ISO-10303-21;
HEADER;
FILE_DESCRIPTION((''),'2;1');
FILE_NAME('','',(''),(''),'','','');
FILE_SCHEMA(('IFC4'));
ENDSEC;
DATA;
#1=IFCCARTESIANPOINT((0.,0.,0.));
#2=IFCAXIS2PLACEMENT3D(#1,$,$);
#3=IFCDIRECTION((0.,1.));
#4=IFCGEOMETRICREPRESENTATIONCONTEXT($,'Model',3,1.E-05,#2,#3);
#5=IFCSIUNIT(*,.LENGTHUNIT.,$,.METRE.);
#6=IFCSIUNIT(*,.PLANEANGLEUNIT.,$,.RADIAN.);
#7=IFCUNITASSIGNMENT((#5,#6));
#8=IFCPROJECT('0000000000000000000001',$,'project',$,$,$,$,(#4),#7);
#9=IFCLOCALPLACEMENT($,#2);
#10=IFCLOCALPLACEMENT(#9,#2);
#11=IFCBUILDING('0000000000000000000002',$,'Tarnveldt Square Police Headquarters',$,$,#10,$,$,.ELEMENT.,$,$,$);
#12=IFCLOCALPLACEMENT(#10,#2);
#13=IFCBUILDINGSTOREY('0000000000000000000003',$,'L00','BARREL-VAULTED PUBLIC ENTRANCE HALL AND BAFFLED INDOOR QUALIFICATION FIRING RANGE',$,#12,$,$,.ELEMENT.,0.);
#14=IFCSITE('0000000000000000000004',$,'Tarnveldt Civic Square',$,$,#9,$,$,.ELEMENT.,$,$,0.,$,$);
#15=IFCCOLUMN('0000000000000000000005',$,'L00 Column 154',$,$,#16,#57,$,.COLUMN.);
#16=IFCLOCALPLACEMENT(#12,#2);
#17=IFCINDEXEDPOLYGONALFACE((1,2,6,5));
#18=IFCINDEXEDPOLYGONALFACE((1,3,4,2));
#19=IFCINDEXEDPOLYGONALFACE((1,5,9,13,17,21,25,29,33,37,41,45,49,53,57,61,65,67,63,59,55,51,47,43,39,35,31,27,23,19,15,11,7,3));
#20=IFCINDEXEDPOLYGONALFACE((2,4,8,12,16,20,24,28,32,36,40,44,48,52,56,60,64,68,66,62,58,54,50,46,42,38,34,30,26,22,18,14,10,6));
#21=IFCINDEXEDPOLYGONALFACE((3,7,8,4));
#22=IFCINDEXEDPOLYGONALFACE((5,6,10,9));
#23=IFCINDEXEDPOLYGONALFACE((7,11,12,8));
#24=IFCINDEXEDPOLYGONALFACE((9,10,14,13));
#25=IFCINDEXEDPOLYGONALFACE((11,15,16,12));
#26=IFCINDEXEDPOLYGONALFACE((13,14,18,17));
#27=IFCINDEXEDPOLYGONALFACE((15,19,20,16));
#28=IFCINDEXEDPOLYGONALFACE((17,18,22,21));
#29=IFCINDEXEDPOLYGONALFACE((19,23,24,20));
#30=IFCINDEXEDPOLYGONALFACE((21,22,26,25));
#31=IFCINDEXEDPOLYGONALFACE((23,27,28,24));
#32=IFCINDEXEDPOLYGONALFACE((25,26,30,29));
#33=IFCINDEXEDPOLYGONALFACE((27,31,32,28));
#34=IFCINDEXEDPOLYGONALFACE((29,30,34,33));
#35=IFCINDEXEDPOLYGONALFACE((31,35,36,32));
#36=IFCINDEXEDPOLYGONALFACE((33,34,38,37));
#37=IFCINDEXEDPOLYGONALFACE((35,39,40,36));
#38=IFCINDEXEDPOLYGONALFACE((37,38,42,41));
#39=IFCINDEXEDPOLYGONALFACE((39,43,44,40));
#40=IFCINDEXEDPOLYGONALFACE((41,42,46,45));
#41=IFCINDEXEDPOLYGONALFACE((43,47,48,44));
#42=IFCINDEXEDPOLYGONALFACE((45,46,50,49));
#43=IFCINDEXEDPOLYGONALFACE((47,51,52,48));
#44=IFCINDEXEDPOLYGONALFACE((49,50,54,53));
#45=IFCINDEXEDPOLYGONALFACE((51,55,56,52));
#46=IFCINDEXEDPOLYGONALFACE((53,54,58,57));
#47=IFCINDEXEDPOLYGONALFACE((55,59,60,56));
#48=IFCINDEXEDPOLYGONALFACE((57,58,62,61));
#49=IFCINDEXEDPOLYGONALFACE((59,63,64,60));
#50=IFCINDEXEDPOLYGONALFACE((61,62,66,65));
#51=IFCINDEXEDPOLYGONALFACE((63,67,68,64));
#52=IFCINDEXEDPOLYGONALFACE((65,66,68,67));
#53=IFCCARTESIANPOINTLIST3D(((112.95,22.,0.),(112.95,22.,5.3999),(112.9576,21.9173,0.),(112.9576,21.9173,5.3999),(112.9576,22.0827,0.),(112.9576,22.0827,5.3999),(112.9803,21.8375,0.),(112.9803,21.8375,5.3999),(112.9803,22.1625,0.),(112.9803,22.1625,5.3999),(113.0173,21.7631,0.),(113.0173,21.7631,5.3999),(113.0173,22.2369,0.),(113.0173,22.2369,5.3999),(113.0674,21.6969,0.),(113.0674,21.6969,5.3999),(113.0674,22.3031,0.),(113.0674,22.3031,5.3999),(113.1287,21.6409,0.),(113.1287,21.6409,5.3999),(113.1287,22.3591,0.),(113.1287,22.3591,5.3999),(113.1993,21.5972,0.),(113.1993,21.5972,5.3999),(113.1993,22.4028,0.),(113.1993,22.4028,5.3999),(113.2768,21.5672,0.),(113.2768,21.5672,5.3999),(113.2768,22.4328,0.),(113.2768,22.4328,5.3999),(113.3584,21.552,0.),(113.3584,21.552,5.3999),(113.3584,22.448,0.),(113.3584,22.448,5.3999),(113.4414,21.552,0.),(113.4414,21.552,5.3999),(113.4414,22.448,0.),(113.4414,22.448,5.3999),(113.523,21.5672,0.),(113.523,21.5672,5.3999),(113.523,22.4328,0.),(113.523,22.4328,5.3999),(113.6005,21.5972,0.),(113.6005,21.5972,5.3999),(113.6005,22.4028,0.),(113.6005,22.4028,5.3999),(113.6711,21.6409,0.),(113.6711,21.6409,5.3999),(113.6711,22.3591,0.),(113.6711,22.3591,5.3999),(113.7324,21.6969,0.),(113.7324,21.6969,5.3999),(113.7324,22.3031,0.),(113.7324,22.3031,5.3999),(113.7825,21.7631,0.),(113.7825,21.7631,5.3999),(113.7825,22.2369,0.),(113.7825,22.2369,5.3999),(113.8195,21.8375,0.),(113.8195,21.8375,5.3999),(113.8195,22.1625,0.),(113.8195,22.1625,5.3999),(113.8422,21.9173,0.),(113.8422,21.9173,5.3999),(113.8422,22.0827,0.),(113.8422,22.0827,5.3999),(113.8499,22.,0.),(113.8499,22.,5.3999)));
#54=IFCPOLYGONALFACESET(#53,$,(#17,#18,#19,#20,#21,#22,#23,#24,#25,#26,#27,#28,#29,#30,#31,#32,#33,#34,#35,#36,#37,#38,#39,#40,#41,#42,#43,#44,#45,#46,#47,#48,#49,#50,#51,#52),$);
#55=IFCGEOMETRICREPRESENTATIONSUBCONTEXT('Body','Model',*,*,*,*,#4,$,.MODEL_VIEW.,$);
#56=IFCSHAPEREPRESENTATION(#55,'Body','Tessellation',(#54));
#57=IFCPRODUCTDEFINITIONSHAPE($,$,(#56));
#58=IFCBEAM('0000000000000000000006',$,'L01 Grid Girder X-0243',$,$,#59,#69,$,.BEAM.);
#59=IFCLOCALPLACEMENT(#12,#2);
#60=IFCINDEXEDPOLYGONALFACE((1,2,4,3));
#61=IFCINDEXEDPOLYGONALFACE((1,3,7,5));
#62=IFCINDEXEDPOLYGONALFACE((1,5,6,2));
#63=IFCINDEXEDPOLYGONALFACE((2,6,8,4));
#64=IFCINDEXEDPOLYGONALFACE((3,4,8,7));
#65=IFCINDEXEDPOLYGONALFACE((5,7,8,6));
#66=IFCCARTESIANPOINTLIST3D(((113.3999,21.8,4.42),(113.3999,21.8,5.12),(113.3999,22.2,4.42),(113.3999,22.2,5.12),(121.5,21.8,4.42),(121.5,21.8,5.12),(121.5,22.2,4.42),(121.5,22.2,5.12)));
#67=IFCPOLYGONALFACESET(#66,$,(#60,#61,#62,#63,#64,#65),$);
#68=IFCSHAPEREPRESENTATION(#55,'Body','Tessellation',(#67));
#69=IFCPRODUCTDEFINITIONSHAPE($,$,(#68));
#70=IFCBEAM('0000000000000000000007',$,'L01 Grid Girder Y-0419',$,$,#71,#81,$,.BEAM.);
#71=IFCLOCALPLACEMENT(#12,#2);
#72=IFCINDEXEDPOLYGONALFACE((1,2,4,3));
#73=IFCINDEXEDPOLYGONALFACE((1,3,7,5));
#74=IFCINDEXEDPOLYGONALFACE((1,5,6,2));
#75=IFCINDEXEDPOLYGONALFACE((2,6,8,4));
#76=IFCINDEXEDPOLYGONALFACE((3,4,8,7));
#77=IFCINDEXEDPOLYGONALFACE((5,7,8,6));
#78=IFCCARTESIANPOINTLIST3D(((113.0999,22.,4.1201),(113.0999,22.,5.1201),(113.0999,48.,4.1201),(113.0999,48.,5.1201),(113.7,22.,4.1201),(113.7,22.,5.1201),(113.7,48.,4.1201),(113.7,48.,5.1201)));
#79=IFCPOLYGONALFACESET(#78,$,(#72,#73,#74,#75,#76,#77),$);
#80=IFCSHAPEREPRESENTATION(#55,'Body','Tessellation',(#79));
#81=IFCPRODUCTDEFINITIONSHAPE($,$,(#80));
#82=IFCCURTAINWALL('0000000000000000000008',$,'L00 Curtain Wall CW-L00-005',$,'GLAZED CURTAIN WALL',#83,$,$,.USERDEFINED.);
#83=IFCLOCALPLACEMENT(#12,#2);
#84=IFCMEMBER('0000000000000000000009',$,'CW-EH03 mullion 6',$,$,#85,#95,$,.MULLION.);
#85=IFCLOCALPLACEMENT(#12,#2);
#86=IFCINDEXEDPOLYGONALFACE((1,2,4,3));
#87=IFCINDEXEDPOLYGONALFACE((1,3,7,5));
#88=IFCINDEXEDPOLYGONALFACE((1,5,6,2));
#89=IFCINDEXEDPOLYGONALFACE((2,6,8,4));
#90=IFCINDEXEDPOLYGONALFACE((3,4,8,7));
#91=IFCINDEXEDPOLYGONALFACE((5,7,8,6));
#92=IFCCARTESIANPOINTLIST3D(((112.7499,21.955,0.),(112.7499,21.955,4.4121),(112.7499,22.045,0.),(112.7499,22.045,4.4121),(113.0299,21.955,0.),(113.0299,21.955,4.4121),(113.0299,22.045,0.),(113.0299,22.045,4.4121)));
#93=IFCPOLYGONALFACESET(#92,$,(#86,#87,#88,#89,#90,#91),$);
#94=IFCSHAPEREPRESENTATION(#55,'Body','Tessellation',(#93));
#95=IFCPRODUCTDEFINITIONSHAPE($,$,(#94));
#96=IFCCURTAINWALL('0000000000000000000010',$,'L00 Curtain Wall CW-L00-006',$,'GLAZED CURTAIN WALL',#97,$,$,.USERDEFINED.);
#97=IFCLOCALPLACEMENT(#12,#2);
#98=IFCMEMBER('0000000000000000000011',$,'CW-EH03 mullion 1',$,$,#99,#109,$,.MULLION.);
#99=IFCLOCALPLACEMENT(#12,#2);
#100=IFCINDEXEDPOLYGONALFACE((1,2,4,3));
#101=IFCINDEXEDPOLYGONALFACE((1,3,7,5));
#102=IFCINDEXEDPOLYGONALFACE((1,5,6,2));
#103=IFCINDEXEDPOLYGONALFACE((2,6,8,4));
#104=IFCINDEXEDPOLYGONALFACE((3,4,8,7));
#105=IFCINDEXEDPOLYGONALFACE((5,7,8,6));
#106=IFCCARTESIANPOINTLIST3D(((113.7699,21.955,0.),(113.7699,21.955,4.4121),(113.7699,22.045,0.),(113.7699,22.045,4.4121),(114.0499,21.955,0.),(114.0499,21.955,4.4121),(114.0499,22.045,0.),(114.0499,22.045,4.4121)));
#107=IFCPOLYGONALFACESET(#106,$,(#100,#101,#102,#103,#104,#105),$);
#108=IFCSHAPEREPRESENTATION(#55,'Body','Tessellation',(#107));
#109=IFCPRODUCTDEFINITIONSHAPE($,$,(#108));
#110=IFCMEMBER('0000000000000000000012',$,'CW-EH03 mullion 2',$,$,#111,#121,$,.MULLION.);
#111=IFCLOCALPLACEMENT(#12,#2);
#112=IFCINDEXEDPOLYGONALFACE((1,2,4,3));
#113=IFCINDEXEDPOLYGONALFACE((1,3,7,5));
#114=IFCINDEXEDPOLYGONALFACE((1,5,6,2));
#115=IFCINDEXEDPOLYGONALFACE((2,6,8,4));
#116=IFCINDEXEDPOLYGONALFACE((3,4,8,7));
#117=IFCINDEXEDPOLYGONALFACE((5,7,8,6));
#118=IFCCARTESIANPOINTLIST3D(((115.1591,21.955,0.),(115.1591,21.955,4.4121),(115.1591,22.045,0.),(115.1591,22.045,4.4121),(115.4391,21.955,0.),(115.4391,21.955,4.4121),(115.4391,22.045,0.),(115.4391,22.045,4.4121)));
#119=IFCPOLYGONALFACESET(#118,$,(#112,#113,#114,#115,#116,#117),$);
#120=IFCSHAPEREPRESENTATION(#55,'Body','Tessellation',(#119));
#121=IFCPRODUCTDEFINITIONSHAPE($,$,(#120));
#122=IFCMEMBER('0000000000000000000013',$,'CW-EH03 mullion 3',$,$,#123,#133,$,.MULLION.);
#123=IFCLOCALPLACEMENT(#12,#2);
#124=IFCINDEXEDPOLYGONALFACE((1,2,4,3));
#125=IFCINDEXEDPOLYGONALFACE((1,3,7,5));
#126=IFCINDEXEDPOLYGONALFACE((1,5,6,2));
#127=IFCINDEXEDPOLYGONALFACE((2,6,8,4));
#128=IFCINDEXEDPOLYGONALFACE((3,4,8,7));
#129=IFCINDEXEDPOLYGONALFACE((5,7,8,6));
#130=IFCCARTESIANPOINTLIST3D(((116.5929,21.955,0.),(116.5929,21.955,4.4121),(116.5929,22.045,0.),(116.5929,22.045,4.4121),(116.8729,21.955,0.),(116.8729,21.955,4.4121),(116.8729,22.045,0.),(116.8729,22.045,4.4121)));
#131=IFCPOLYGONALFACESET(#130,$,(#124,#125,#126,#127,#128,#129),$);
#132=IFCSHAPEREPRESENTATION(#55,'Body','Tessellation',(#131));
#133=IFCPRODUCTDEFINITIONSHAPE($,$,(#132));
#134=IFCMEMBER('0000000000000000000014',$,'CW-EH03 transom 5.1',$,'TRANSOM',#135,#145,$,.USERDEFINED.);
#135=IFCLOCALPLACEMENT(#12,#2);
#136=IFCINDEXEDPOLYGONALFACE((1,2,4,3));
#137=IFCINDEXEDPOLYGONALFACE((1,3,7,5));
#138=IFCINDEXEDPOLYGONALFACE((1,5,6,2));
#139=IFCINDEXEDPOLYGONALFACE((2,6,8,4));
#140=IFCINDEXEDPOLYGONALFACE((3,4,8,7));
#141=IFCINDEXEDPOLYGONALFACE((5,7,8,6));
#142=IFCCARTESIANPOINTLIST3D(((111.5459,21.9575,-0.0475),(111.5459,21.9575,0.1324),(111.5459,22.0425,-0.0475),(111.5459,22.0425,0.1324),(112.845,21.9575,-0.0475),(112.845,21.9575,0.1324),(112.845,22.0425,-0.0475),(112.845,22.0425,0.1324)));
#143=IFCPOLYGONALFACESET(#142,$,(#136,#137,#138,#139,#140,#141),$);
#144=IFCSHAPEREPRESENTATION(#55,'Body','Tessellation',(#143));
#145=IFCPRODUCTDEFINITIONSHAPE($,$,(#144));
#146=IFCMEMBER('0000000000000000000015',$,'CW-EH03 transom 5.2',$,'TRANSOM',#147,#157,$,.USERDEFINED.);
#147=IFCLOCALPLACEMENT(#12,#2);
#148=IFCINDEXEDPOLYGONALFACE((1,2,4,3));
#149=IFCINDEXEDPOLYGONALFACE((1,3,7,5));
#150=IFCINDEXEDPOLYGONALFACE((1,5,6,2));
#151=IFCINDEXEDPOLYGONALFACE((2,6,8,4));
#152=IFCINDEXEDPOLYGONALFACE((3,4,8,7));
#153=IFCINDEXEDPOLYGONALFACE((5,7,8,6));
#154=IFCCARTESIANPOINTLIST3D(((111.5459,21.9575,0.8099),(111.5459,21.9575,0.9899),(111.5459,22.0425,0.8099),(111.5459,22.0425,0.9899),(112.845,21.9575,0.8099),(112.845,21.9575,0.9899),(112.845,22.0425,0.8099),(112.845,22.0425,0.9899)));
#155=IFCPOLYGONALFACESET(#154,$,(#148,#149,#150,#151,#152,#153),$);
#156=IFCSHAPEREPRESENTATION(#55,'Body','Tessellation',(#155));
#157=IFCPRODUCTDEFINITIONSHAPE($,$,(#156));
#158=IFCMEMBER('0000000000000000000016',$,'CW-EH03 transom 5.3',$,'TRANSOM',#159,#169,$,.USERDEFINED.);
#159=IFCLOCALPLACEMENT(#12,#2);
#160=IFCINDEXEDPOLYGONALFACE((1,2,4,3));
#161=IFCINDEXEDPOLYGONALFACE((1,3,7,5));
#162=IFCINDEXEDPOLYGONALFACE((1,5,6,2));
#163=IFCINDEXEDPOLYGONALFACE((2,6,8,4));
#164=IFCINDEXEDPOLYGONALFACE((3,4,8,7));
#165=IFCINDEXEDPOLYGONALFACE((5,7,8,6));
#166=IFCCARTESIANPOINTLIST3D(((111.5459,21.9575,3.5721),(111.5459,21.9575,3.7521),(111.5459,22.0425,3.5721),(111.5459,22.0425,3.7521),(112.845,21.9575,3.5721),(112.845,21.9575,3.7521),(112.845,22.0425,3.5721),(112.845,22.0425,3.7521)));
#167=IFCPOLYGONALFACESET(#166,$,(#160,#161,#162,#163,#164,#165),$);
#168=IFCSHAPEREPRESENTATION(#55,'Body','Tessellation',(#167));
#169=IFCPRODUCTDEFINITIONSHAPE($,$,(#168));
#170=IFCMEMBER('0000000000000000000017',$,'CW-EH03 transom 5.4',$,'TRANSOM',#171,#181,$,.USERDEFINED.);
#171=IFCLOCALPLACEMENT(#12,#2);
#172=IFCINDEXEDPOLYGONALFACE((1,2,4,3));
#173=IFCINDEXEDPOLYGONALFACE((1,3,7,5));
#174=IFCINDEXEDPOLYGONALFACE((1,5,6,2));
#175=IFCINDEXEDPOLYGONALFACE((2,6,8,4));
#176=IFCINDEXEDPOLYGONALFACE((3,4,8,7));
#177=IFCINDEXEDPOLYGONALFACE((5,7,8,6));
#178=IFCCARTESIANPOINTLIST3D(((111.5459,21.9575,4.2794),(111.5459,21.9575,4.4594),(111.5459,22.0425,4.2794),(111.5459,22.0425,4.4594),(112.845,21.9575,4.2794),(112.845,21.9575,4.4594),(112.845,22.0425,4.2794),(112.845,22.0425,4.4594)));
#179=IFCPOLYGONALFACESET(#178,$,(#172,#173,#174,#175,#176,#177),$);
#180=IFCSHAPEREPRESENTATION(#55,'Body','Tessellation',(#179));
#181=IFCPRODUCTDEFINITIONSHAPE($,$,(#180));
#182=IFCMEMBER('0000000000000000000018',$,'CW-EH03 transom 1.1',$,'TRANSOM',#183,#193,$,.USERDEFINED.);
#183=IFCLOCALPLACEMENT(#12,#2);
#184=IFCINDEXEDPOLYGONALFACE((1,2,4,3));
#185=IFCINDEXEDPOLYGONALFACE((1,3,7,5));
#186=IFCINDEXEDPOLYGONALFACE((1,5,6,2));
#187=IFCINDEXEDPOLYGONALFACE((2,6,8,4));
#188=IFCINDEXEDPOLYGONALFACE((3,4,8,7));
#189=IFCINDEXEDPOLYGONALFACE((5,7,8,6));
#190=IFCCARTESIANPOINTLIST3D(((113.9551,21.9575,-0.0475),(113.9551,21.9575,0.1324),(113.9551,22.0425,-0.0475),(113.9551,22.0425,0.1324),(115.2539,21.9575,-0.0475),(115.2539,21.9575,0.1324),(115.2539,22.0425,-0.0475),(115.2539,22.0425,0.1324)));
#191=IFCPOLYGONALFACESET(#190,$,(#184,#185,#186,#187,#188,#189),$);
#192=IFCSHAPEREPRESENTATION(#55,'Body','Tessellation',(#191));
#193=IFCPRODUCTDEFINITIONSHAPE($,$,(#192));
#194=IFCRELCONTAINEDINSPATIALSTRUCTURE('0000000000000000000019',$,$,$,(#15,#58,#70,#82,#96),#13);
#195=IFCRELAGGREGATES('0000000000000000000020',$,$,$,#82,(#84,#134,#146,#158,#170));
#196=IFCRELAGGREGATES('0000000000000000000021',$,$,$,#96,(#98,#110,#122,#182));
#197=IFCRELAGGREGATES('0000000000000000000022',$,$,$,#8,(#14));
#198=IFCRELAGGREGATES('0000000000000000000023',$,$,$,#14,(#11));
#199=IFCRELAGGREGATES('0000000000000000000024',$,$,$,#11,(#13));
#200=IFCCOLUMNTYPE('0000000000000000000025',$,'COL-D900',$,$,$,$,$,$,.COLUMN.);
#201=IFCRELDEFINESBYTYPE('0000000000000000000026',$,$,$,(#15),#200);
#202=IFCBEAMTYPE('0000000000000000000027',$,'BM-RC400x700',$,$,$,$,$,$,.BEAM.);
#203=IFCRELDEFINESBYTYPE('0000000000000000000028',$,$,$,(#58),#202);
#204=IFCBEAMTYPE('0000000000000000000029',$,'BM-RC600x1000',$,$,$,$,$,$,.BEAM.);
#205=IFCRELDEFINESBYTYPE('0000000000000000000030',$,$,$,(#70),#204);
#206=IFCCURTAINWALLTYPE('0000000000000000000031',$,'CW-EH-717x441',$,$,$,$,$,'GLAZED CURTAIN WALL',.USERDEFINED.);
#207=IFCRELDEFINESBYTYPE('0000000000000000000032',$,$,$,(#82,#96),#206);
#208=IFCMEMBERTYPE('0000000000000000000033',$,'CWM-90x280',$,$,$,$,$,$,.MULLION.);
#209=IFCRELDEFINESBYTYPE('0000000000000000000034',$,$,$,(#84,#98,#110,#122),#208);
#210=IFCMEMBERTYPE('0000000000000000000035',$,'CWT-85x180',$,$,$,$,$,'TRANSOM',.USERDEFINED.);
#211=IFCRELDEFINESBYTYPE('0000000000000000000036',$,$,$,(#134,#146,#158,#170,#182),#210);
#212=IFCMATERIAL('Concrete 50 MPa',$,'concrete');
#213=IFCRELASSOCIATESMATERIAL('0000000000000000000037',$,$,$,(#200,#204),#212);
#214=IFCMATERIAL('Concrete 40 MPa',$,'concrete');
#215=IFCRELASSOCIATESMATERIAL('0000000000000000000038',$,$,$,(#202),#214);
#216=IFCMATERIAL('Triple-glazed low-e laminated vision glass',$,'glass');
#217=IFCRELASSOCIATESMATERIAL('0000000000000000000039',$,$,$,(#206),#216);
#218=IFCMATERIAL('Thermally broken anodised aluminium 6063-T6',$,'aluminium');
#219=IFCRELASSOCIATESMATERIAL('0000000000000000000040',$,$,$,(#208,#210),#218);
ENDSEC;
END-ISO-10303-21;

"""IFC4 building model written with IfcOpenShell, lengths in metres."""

from ifc_helpers import new_model, si_unit, direction, frame, origin, origin_2d, place, context, subcontext, project, spatial, rectangle, circle, extrude, material, material_profile, profile_set, type_object, element, aggregate, save


model = new_model("IFC4")

# Units and contexts
model_context = context("Model", 3, precision=1e-05, world=origin(), true_north=direction((0.0, 1.0)))
body_context = subcontext(model_context, "Body", "Model", "MODEL_VIEW")
ifc_project = project(units=[si_unit("LENGTHUNIT", "METRE"), si_unit("PLANEANGLEUNIT", "RADIAN")], contexts=[model_context])

# Site, building, storey
site_placement = place(None, origin())
site = spatial("IfcSite", under=ifc_project, at=site_placement, Name="Tarnveldt Civic Square", CompositionType="ELEMENT", RefElevation=0.0)
building_placement = place(site_placement, origin())
building = spatial("IfcBuilding", under=site, at=building_placement, Name="Tarnveldt Square Police Headquarters", CompositionType="ELEMENT")
storey_placement = place(building_placement, origin())
storey = spatial("IfcBuildingStorey", under=building, at=storey_placement, Name="L00", Description="BARREL-VAULTED PUBLIC ENTRANCE HALL AND BAFFLED INDOOR QUALIFICATION FIRING RANGE", CompositionType="ELEMENT", Elevation=0.0)

# Column
ifc_material_1 = material(Name="Concrete 50 MPa", Category="concrete")
ifc_material_profile_1 = material_profile(ifc_material_1, circle(Radius=0.45, at=origin_2d()), Name="RC-D900")
ifc_profile_set_1 = profile_set([ifc_material_profile_1], Name="Concrete 50 MPa")
column_type = type_object("IfcColumnType", Name="COL-D900", PredefinedType="COLUMN", material=ifc_profile_set_1)
column_placement = place(storey_placement, frame((113.3999, 22.0, 0.0), z_axis=(0.0, 0.0, 1.0), x_axis=(1.0, 0.0, 0.0)))
element("IfcColumn", 1, at=column_placement, inside=storey, type_object=column_type, Name="L00 Column 154", PredefinedType="COLUMN", context=body_context, shape_type="SweptSolid", body=[
    extrude(circle(Radius=0.45, at=origin_2d()), origin(), (0.0, 0.0, 1.0), 5.3999),
])

# Beams
ifc_material_2 = material(Name="Concrete 40 MPa", Category="concrete")
ifc_material_profile_2 = material_profile(ifc_material_2, rectangle(XDim=0.3999, YDim=0.7, at=origin_2d()), Name="RC-B400x700")
ifc_profile_set_2 = profile_set([ifc_material_profile_2], Name="Concrete 40 MPa")
beam_type_1 = type_object("IfcBeamType", Name="BM-RC400x700", PredefinedType="BEAM", material=ifc_profile_set_2)
beam_1_placement = place(storey_placement, frame((113.3999, 22.0, 4.77), z_axis=(1.0, 0.0, 0.0), x_axis=(0.0, 1.0, 0.0)))
element("IfcBeam", 2, at=beam_1_placement, inside=storey, type_object=beam_type_1, Name="L01 Grid Girder X-0243", PredefinedType="BEAM", context=body_context, shape_type="SweptSolid", body=[
    extrude(rectangle(XDim=0.3999, YDim=0.7, at=origin_2d()), origin(), (0.0, 0.0, 1.0), 8.1001),
])
ifc_material_profile_3 = material_profile(ifc_material_1, rectangle(XDim=0.6001, YDim=1.0, at=origin_2d()), Name="RC-B600x1000")
ifc_profile_set_3 = profile_set([ifc_material_profile_3], Name="Concrete 50 MPa")
beam_type_2 = type_object("IfcBeamType", Name="BM-RC600x1000", PredefinedType="BEAM", material=ifc_profile_set_3)
beam_2_placement = place(storey_placement, frame((113.3999, 22.0, 4.6201), z_axis=(0.0, 1.0, 0.0), x_axis=(-1.0, 0.0, 0.0)))
element("IfcBeam", 3, at=beam_2_placement, inside=storey, type_object=beam_type_2, Name="L01 Grid Girder Y-0419", PredefinedType="BEAM", context=body_context, shape_type="SweptSolid", body=[
    extrude(rectangle(XDim=0.6001, YDim=1.0, at=origin_2d()), origin(), (0.0, 0.0, 1.0), 26.0),
])

# Curtain wall, member
ifc_material_3 = material(Name="Triple-glazed low-e laminated vision glass", Category="glass")
curtain_wall_type = type_object("IfcCurtainWallType", Name="CW-EH-717x441", ElementType="GLAZED CURTAIN WALL", PredefinedType="USERDEFINED", material=ifc_material_3)
curtain_wall_1_placement = place(storey_placement, origin())
curtain_wall_1 = element("IfcCurtainWall", 4, at=curtain_wall_1_placement, inside=storey, type_object=curtain_wall_type, Name="L00 Curtain Wall CW-L00-005", ObjectType="GLAZED CURTAIN WALL", PredefinedType="USERDEFINED")
ifc_material_4 = material(Name="Thermally broken anodised aluminium 6063-T6", Category="aluminium")
ifc_material_profile_4 = material_profile(ifc_material_4, rectangle(XDim=0.0901, YDim=0.28, at=origin_2d()), Name="CW-M90x280")
ifc_profile_set_4 = profile_set([ifc_material_profile_4], Name="Thermally broken anodised aluminium 6063-T6")
member_type_1 = type_object("IfcMemberType", Name="CWM-90x280", PredefinedType="MULLION", material=ifc_profile_set_4)
member_1_placement = place(storey_placement, frame((112.8899, 22.0, 0.0), z_axis=(0.0, 0.0, 1.0), x_axis=(0.0, 1.0, 0.0)))
member_1 = element("IfcMember", 5, at=member_1_placement, type_object=member_type_1, Name="CW-EH03 mullion 6", PredefinedType="MULLION", context=body_context, shape_type="SweptSolid", body=[
    extrude(rectangle(XDim=0.0901, YDim=0.28, at=origin_2d()), origin(), (0.0, 0.0, 1.0), 4.4121),
])

# Curtain wall, members
curtain_wall_2_placement = place(storey_placement, origin())
curtain_wall_2 = element("IfcCurtainWall", 6, at=curtain_wall_2_placement, inside=storey, type_object=curtain_wall_type, Name="L00 Curtain Wall CW-L00-006", ObjectType="GLAZED CURTAIN WALL", PredefinedType="USERDEFINED")
member_2_placement = place(storey_placement, frame((113.9099, 22.0, 0.0), z_axis=(0.0, 0.0, 1.0), x_axis=(0.0, 1.0, 0.0)))
member_2 = element("IfcMember", 7, at=member_2_placement, type_object=member_type_1, Name="CW-EH03 mullion 1", PredefinedType="MULLION", context=body_context, shape_type="SweptSolid", body=[
    extrude(rectangle(XDim=0.0901, YDim=0.28, at=origin_2d()), origin(), (0.0, 0.0, 1.0), 4.4121),
])
member_3_placement = place(storey_placement, frame((115.2991, 22.0, 0.0), z_axis=(0.0, 0.0, 1.0), x_axis=(0.0, 1.0, 0.0)))
member_3 = element("IfcMember", 8, at=member_3_placement, type_object=member_type_1, Name="CW-EH03 mullion 2", PredefinedType="MULLION", context=body_context, shape_type="SweptSolid", body=[
    extrude(rectangle(XDim=0.0901, YDim=0.28, at=origin_2d()), origin(), (0.0, 0.0, 1.0), 4.4121),
])
member_4_placement = place(storey_placement, frame((116.7329, 22.0, 0.0), z_axis=(0.0, 0.0, 1.0), x_axis=(0.0, 1.0, 0.0)))
member_4 = element("IfcMember", 9, at=member_4_placement, type_object=member_type_1, Name="CW-EH03 mullion 3", PredefinedType="MULLION", context=body_context, shape_type="SweptSolid", body=[
    extrude(rectangle(XDim=0.0901, YDim=0.28, at=origin_2d()), origin(), (0.0, 0.0, 1.0), 4.4121),
])

# Members
ifc_material_profile_5 = material_profile(ifc_material_4, rectangle(XDim=0.085, YDim=0.1799, at=origin_2d()), Name="CW-T85x180")
ifc_profile_set_5 = profile_set([ifc_material_profile_5], Name="Thermally broken anodised aluminium 6063-T6")
member_type_2 = type_object("IfcMemberType", Name="CWT-85x180", ElementType="TRANSOM", PredefinedType="USERDEFINED", material=ifc_profile_set_5)
member_5_placement = place(storey_placement, frame((111.5459, 22.0, 0.0425), z_axis=(1.0, 0.0, 0.0), x_axis=(0.0, 1.0, 0.0)))
member_5 = element("IfcMember", 10, at=member_5_placement, type_object=member_type_2, Name="CW-EH03 transom 5.1", ObjectType="TRANSOM", PredefinedType="USERDEFINED", context=body_context, shape_type="SweptSolid", body=[
    extrude(rectangle(XDim=0.085, YDim=0.1799, at=origin_2d()), origin(), (0.0, 0.0, 1.0), 1.2991),
])
member_6_placement = place(storey_placement, frame((111.5459, 22.0, 0.8999), z_axis=(1.0, 0.0, 0.0), x_axis=(0.0, 1.0, 0.0)))
member_6 = element("IfcMember", 11, at=member_6_placement, type_object=member_type_2, Name="CW-EH03 transom 5.2", ObjectType="TRANSOM", PredefinedType="USERDEFINED", context=body_context, shape_type="SweptSolid", body=[
    extrude(rectangle(XDim=0.085, YDim=0.1799, at=origin_2d()), origin(), (0.0, 0.0, 1.0), 1.2991),
])
member_7_placement = place(storey_placement, frame((111.5459, 22.0, 3.6621), z_axis=(1.0, 0.0, 0.0), x_axis=(0.0, 1.0, 0.0)))
member_7 = element("IfcMember", 12, at=member_7_placement, type_object=member_type_2, Name="CW-EH03 transom 5.3", ObjectType="TRANSOM", PredefinedType="USERDEFINED", context=body_context, shape_type="SweptSolid", body=[
    extrude(rectangle(XDim=0.085, YDim=0.1799, at=origin_2d()), origin(), (0.0, 0.0, 1.0), 1.2991),
])
member_8_placement = place(storey_placement, frame((111.5459, 22.0, 4.3694), z_axis=(1.0, 0.0, 0.0), x_axis=(0.0, 1.0, 0.0)))
member_8 = element("IfcMember", 13, at=member_8_placement, type_object=member_type_2, Name="CW-EH03 transom 5.4", ObjectType="TRANSOM", PredefinedType="USERDEFINED", context=body_context, shape_type="SweptSolid", body=[
    extrude(rectangle(XDim=0.085, YDim=0.1799, at=origin_2d()), origin(), (0.0, 0.0, 1.0), 1.2991),
])
member_9_placement = place(storey_placement, frame((113.9551, 22.0, 0.0425), z_axis=(1.0, 0.0, 0.0), x_axis=(0.0, 1.0, 0.0)))
member_9 = element("IfcMember", 14, at=member_9_placement, type_object=member_type_2, Name="CW-EH03 transom 1.1", ObjectType="TRANSOM", PredefinedType="USERDEFINED", context=body_context, shape_type="SweptSolid", body=[
    extrude(rectangle(XDim=0.085, YDim=0.1799, at=origin_2d()), origin(), (0.0, 0.0, 1.0), 1.2988),
])

aggregate(curtain_wall_1, [member_1, member_5, member_6, member_7, member_8])
aggregate(curtain_wall_2, [member_2, member_3, member_4, member_9])

save(model, "model.ifc")
